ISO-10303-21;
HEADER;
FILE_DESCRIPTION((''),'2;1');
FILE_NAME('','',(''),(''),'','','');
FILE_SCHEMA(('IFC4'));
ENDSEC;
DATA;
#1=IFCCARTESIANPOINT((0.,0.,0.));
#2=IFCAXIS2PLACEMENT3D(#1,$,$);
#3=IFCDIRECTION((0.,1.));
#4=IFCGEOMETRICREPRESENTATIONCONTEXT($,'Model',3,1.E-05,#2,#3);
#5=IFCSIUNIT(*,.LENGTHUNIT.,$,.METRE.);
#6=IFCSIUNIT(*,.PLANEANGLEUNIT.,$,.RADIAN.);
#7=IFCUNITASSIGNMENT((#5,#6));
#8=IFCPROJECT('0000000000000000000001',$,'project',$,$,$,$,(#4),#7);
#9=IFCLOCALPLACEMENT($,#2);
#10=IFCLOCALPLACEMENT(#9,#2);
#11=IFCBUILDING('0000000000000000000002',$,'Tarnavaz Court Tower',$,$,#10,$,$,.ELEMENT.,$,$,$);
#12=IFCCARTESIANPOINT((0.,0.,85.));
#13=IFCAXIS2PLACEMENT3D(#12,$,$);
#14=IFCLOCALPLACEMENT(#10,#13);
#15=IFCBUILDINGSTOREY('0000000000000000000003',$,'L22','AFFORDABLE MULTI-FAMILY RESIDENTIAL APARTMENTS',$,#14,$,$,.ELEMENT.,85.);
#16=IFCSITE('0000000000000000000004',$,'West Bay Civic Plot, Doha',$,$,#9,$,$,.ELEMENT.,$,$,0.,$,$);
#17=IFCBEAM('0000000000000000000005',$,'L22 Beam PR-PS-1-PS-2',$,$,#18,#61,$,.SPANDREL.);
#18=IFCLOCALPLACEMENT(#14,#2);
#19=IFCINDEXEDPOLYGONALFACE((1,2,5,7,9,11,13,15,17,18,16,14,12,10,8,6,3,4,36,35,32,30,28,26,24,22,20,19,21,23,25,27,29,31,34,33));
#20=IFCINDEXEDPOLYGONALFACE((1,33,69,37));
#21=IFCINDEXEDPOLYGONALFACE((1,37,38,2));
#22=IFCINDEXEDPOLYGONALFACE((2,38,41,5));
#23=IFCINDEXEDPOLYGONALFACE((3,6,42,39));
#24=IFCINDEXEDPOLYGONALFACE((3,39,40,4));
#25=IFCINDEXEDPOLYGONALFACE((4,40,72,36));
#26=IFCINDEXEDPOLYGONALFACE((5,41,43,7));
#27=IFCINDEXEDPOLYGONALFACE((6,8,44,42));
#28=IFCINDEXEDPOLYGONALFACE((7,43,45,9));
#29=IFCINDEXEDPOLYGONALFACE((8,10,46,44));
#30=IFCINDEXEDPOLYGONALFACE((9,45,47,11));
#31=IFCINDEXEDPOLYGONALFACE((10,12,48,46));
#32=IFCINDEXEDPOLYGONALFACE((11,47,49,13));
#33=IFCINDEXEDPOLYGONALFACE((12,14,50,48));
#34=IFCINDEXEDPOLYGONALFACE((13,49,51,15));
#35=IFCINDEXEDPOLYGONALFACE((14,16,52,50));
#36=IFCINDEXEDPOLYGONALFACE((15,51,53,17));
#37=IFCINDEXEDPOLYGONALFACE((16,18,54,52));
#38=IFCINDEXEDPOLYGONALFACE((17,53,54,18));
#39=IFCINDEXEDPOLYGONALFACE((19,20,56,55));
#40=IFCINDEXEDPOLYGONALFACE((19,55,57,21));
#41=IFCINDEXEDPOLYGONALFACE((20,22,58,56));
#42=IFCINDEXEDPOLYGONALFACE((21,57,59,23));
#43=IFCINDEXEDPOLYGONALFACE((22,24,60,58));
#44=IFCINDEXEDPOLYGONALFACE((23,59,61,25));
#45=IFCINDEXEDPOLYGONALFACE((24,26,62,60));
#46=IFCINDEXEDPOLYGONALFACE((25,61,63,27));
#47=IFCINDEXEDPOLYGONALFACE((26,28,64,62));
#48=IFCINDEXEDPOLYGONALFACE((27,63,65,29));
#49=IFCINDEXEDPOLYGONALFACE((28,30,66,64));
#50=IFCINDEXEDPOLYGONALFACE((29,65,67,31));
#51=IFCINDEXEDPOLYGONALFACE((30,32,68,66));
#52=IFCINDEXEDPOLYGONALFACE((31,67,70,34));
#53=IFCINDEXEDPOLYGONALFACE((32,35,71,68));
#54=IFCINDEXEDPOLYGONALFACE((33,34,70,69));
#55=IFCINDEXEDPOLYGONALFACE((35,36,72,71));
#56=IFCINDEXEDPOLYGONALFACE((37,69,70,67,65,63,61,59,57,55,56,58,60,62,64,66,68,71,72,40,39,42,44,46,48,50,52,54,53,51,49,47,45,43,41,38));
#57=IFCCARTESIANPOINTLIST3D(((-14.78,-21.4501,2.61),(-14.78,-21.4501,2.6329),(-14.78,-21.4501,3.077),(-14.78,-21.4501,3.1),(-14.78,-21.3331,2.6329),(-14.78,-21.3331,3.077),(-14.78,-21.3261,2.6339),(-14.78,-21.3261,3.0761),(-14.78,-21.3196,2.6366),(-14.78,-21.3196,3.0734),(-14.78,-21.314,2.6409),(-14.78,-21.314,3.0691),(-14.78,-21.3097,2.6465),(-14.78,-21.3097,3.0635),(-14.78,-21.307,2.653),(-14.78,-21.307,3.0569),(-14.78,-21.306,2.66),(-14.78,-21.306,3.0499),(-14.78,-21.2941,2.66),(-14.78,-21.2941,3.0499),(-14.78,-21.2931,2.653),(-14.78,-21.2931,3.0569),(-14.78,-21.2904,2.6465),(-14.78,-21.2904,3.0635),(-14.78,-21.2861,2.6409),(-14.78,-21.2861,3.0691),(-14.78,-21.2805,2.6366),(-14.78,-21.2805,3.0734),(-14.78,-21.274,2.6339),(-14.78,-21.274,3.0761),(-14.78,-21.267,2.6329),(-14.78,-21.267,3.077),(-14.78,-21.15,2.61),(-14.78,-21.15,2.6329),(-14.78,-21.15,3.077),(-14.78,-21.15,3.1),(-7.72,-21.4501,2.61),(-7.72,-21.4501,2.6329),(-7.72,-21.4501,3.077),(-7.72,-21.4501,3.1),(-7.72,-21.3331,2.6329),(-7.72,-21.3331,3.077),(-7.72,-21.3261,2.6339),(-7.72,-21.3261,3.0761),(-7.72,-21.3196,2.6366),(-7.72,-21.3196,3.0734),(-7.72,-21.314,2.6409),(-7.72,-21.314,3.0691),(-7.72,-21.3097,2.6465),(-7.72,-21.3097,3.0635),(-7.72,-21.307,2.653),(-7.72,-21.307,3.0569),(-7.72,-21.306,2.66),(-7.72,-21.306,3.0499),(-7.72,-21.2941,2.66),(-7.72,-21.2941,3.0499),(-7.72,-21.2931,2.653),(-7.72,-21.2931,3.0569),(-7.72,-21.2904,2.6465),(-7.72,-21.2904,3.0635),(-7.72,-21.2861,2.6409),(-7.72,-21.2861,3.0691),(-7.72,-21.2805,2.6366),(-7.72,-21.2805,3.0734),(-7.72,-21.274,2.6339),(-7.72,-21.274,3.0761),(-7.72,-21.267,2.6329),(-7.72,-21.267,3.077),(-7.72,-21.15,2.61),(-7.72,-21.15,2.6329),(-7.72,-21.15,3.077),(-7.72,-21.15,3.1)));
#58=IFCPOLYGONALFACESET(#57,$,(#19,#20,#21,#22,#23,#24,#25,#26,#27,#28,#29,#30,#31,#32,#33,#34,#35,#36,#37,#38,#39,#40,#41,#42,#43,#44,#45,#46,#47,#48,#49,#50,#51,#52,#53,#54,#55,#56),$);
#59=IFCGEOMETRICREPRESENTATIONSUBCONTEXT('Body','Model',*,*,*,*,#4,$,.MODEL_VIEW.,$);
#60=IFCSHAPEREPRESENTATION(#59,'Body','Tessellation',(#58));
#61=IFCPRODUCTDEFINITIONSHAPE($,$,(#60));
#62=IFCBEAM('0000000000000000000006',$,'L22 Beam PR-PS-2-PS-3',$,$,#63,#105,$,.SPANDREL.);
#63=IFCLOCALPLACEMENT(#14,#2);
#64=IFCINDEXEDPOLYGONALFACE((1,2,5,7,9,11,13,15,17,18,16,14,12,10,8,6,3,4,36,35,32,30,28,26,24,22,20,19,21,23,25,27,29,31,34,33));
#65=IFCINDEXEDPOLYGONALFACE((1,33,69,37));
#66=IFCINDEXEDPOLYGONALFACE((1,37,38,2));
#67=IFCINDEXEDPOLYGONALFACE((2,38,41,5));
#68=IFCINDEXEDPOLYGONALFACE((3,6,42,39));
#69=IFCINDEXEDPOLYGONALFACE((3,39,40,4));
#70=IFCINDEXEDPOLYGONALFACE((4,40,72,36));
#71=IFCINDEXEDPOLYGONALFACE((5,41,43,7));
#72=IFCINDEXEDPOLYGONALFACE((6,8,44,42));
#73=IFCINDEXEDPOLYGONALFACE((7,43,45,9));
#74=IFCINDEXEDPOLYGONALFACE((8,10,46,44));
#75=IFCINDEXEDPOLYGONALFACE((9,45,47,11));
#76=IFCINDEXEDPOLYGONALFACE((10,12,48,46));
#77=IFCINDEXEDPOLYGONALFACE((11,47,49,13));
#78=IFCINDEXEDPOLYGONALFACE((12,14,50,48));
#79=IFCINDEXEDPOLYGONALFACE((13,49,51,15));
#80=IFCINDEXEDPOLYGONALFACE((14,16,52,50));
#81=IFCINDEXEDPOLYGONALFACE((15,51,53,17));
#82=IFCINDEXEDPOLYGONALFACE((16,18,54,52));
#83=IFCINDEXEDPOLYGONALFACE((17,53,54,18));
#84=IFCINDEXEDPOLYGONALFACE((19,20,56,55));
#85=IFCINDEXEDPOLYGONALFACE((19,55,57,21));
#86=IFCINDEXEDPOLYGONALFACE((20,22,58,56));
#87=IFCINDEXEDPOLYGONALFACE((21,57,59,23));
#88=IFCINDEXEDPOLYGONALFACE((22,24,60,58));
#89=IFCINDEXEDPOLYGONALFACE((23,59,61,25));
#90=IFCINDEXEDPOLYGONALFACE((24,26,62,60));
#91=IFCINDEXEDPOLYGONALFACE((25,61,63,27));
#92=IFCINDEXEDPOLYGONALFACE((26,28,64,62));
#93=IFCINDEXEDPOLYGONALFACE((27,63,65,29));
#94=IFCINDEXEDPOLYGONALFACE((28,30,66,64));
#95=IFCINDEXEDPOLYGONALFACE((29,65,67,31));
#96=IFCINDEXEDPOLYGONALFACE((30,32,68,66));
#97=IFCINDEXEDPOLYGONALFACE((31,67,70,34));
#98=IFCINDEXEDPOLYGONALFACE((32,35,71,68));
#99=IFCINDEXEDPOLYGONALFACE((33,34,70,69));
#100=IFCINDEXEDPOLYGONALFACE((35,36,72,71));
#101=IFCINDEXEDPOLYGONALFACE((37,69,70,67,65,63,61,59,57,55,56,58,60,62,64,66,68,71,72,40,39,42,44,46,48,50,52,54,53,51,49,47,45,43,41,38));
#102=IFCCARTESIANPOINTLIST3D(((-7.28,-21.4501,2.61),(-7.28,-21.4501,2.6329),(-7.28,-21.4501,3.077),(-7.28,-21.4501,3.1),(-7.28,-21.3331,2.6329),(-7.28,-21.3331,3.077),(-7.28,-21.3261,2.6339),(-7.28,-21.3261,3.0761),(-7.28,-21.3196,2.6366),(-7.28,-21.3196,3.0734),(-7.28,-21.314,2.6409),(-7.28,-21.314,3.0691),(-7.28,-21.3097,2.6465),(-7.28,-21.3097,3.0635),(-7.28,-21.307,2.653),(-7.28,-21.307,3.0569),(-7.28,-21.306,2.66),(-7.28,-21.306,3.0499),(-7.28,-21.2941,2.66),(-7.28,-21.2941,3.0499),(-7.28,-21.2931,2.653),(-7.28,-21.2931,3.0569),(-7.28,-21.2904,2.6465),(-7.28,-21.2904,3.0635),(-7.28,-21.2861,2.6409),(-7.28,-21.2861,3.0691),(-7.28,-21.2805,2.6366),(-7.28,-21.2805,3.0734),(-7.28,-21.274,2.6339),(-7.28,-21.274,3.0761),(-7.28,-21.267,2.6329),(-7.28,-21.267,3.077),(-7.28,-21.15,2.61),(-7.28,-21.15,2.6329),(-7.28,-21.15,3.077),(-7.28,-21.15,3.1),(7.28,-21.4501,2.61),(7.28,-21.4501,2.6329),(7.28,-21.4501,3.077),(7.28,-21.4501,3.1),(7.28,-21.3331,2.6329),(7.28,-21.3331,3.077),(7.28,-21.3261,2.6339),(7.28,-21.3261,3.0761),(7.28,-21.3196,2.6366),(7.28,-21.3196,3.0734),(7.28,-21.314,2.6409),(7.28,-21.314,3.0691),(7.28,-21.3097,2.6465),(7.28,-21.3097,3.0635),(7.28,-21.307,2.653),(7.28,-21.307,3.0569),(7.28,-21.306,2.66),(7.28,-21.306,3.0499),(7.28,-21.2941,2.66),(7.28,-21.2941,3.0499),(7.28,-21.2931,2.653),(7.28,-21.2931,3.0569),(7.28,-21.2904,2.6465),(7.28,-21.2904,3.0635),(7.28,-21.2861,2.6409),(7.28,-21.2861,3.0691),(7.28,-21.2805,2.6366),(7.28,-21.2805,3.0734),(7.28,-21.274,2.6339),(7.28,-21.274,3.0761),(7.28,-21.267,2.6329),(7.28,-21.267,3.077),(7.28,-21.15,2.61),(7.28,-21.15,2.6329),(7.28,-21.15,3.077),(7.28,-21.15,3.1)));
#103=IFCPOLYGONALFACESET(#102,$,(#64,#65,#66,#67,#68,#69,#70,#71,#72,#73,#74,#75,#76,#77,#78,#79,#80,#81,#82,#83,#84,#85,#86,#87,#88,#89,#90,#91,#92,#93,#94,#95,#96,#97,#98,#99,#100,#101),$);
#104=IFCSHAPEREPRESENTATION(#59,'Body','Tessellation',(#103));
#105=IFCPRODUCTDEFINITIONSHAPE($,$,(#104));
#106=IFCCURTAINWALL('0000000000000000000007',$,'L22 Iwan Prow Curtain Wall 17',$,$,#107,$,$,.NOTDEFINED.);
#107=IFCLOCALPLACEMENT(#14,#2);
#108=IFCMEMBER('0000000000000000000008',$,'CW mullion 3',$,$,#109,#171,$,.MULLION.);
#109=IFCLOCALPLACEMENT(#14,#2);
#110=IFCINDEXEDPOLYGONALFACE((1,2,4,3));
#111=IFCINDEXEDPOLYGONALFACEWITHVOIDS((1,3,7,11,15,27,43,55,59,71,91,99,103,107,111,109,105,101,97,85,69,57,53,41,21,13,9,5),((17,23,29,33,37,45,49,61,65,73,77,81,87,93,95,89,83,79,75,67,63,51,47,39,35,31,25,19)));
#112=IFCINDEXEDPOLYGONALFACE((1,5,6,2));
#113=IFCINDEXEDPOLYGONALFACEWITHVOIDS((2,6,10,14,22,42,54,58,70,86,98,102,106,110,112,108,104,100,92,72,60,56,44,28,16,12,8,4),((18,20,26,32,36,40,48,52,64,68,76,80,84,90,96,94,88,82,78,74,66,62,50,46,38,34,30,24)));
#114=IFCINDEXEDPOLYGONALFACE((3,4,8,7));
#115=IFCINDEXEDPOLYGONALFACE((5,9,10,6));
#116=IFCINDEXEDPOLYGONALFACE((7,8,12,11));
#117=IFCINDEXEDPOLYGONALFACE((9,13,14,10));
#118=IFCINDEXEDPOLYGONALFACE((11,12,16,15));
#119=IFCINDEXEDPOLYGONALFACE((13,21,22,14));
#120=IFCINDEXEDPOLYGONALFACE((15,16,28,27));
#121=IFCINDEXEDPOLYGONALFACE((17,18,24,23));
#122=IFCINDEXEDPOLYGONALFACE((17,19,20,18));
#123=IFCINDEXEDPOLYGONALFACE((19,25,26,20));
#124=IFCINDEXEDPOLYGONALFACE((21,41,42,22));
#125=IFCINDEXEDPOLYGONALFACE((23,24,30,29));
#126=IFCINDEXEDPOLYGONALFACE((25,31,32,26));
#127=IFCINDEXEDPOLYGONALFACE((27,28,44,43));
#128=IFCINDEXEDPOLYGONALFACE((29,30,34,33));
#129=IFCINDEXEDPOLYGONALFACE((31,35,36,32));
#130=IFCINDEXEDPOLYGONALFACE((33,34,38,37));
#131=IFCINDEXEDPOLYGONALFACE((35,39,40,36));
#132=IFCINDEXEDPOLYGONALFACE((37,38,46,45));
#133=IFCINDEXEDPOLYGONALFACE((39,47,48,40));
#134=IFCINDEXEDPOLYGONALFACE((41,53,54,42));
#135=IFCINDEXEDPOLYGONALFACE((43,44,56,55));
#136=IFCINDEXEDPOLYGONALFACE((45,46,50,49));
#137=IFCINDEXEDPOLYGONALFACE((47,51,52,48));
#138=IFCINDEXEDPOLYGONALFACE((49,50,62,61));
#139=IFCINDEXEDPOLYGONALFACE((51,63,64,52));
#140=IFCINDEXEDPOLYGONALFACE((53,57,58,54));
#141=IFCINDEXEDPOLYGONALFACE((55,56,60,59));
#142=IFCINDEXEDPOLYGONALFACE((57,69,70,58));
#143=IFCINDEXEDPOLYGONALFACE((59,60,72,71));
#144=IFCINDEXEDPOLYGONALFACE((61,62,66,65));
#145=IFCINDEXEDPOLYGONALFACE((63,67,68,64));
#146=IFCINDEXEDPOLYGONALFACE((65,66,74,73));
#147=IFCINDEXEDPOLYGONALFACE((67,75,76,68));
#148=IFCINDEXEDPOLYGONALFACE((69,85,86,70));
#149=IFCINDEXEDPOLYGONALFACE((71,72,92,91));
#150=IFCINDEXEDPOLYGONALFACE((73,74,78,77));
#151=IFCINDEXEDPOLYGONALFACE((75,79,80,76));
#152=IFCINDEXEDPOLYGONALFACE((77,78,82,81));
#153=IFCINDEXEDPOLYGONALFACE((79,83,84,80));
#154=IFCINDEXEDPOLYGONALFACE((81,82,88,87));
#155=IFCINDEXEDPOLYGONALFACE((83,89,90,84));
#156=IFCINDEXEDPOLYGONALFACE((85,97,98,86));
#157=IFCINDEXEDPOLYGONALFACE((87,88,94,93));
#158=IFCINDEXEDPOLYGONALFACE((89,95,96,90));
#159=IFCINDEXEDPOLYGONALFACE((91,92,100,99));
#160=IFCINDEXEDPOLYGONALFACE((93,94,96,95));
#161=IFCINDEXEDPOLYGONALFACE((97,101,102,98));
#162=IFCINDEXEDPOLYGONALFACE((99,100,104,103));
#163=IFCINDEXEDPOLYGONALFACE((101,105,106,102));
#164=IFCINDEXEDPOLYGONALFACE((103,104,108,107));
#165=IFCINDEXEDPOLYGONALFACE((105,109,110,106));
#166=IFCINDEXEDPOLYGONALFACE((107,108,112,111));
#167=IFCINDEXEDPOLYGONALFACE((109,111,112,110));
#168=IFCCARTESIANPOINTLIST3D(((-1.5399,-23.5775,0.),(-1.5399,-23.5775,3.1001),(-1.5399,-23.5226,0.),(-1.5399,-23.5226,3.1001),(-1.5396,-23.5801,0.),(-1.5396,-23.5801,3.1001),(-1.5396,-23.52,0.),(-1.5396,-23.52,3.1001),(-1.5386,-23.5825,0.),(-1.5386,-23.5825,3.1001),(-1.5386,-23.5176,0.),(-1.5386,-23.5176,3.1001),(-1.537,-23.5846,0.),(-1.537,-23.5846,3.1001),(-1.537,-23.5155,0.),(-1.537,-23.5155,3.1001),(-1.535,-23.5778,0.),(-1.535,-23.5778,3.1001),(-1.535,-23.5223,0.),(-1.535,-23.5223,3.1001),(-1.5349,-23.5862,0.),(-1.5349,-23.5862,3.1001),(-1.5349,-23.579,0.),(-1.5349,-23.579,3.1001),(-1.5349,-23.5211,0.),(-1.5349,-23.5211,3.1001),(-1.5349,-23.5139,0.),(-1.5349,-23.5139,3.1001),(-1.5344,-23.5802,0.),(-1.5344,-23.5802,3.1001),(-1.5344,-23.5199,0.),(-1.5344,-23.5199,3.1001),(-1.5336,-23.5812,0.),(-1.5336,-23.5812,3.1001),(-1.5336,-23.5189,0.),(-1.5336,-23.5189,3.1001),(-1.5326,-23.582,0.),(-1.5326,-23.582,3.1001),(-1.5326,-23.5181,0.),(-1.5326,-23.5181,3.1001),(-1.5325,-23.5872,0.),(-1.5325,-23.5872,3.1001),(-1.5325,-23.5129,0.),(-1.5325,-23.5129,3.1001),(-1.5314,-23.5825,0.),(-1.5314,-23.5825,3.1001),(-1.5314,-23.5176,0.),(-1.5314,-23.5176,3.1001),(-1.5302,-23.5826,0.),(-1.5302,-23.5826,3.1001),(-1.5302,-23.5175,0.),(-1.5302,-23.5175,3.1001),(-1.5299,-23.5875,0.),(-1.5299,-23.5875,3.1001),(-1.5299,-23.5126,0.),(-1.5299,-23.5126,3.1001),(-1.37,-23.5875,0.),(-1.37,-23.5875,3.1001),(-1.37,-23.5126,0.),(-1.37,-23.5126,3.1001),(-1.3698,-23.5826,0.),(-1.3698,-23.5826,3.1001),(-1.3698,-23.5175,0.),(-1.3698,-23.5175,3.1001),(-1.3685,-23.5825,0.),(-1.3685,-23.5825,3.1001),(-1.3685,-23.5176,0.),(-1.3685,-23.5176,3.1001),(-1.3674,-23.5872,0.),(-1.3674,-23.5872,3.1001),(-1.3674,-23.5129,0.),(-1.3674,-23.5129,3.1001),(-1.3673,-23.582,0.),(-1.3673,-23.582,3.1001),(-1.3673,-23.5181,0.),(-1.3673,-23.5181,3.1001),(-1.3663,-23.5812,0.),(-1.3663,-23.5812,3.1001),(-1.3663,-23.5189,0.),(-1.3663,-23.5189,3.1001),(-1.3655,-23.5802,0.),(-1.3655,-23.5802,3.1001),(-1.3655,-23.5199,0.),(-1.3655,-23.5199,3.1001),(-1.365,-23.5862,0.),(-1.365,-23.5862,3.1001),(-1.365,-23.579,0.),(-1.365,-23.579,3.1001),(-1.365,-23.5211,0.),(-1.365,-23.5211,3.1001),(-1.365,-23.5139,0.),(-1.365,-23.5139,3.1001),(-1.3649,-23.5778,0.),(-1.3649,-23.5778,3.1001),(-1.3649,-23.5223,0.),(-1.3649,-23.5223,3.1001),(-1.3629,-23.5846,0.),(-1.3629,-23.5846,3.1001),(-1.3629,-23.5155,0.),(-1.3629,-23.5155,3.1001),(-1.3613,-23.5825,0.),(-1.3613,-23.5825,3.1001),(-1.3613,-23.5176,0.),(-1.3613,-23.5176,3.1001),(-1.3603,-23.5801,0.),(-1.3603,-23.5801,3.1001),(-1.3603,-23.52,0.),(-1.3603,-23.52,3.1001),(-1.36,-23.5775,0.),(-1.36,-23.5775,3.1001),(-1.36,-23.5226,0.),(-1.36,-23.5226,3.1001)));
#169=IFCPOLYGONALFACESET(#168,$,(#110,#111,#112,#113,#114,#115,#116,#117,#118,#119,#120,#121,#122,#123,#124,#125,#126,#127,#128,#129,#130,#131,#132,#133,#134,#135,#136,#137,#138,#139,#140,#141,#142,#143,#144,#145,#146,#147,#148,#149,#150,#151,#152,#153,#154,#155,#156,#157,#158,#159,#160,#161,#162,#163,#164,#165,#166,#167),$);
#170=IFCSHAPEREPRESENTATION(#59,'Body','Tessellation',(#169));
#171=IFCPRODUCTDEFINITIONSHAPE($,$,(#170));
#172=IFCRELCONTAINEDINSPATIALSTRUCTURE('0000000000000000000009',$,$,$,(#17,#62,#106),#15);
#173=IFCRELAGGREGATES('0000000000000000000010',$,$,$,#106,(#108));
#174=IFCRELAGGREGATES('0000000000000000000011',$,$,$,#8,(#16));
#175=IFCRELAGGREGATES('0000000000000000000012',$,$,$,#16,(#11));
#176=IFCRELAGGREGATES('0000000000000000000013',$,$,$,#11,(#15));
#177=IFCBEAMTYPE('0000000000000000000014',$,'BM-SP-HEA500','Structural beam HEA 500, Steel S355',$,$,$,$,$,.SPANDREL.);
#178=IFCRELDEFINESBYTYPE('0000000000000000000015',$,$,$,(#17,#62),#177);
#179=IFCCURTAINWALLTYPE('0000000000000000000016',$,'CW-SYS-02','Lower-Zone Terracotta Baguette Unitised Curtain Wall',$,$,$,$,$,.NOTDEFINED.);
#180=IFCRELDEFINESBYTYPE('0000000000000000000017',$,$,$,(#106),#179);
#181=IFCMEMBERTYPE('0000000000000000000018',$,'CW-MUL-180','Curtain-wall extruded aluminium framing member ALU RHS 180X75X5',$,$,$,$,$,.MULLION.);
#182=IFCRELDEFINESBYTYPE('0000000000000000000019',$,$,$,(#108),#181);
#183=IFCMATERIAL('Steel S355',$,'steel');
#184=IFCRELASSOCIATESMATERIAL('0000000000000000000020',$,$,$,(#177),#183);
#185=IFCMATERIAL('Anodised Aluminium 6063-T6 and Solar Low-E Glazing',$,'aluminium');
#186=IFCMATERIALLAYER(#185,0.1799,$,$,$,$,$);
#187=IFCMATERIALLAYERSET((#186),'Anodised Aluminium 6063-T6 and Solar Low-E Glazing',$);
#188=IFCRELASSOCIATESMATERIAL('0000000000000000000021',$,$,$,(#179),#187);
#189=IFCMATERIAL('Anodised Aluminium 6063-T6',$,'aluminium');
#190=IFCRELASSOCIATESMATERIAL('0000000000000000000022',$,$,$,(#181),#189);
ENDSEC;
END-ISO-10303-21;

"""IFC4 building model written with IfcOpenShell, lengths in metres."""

from ifc_helpers import new_model, si_unit, direction, frame, origin, origin_2d, place, context, subcontext, project, spatial, hollow_rectangle, i_section, extrude, material, layer, layer_set, material_profile, profile_set, type_object, element, aggregate, save


model = new_model("IFC4")

# Units and contexts
model_context = context("Model", 3, precision=1e-05, world=origin(), true_north=direction((0.0, 1.0)))
body_context = subcontext(model_context, "Body", "Model", "MODEL_VIEW")
ifc_project = project(units=[si_unit("LENGTHUNIT", "METRE"), si_unit("PLANEANGLEUNIT", "RADIAN")], contexts=[model_context])

# Site, building, storey
site_placement = place(None, origin())
site = spatial("IfcSite", under=ifc_project, at=site_placement, Name="West Bay Civic Plot, Doha", CompositionType="ELEMENT", RefElevation=0.0)
building_placement = place(site_placement, origin())
building = spatial("IfcBuilding", under=site, at=building_placement, Name="Tarnavaz Court Tower", CompositionType="ELEMENT")
storey_placement = place(building_placement, frame((0.0, 0.0, 85.0)))
storey = spatial("IfcBuildingStorey", under=building, at=storey_placement, Name="L22", Description="AFFORDABLE MULTI-FAMILY RESIDENTIAL APARTMENTS", CompositionType="ELEMENT", Elevation=85.0)

# Beams
ifc_material_1 = material(Name="Steel S355", Category="steel")
ifc_material_profile_1 = material_profile(ifc_material_1, i_section(OverallWidth=0.3, OverallDepth=0.49, WebThickness=0.012, FlangeThickness=0.0229, FilletRadius=0.0271, at=origin_2d()), Name="HEA 500")
ifc_profile_set_1 = profile_set([ifc_material_profile_1], Name="Steel S355")
beam_type_1 = type_object("IfcBeamType", Name="BM-SP-HEA500", Description="Structural beam HEA 500, Steel S355", PredefinedType="SPANDREL", material=ifc_profile_set_1)
beam_1_placement = place(storey_placement, frame((-14.78, -21.3, 2.855), z_axis=(1.0, 0.0, 0.0), x_axis=(0.0, 1.0, 0.0)))
element("IfcBeam", 1, at=beam_1_placement, inside=storey, type_object=beam_type_1, Name="L22 Beam PR-PS-1-PS-2", PredefinedType="SPANDREL", context=body_context, shape_type="SweptSolid", body=[
    extrude(i_section(OverallWidth=0.3, OverallDepth=0.49, WebThickness=0.012, FlangeThickness=0.0229, FilletRadius=0.0271, at=origin_2d()), origin(), (0.0, 0.0, 1.0), 7.0601),
])
beam_2_placement = place(storey_placement, frame((-7.28, -21.3, 2.855), z_axis=(1.0, 0.0, 0.0), x_axis=(0.0, 1.0, 0.0)))
element("IfcBeam", 2, at=beam_2_placement, inside=storey, type_object=beam_type_1, Name="L22 Beam PR-PS-2-PS-3", PredefinedType="SPANDREL", context=body_context, shape_type="SweptSolid", body=[
    extrude(i_section(OverallWidth=0.3, OverallDepth=0.49, WebThickness=0.012, FlangeThickness=0.0229, FilletRadius=0.0271, at=origin_2d()), origin(), (0.0, 0.0, 1.0), 14.5601),
])

# Curtain wall, member
ifc_material_2 = material(Name="Anodised Aluminium 6063-T6 and Solar Low-E Glazing", Category="aluminium")
ifc_layer_1 = layer(ifc_material_2, 0.1799)
ifc_layer_set_1 = layer_set([ifc_layer_1], Name="Anodised Aluminium 6063-T6 and Solar Low-E Glazing")
curtain_wall_type = type_object("IfcCurtainWallType", Name="CW-SYS-02", Description="Lower-Zone Terracotta Baguette Unitised Curtain Wall", PredefinedType="NOTDEFINED", material=ifc_layer_set_1)
curtain_wall_placement = place(storey_placement, origin())
curtain_wall = element("IfcCurtainWall", 3, at=curtain_wall_placement, inside=storey, type_object=curtain_wall_type, Name="L22 Iwan Prow Curtain Wall 17", PredefinedType="NOTDEFINED")
ifc_material_3 = material(Name="Anodised Aluminium 6063-T6", Category="aluminium")
ifc_material_profile_2 = material_profile(ifc_material_3, hollow_rectangle(XDim=0.075, YDim=0.1799, WallThickness=0.0049, InnerFilletRadius=0.0049, OuterFilletRadius=0.01, at=origin_2d()), Name="ALU RHS 180X75X5")
ifc_profile_set_2 = profile_set([ifc_material_profile_2], Name="Anodised Aluminium 6063-T6")
member_type_1 = type_object("IfcMemberType", Name="CW-MUL-180", Description="Curtain-wall extruded aluminium framing member ALU RHS 180X75X5", PredefinedType="MULLION", material=ifc_profile_set_2)
member_1_placement = place(storey_placement, frame((-1.45, -23.55, 0.0), z_axis=(0.0, 0.0, 1.0), x_axis=(0.0, -1.0, 0.0)))
member_1 = element("IfcMember", 4, at=member_1_placement, type_object=member_type_1, Name="CW mullion 3", PredefinedType="MULLION", context=body_context, shape_type="SweptSolid", body=[
    extrude(hollow_rectangle(XDim=0.075, YDim=0.1799, WallThickness=0.0049, InnerFilletRadius=0.0049, OuterFilletRadius=0.01, at=origin_2d()), origin(), (0.0, 0.0, 1.0), 3.1001),
])
aggregate(curtain_wall, [member_1])

save(model, "model.ifc")
